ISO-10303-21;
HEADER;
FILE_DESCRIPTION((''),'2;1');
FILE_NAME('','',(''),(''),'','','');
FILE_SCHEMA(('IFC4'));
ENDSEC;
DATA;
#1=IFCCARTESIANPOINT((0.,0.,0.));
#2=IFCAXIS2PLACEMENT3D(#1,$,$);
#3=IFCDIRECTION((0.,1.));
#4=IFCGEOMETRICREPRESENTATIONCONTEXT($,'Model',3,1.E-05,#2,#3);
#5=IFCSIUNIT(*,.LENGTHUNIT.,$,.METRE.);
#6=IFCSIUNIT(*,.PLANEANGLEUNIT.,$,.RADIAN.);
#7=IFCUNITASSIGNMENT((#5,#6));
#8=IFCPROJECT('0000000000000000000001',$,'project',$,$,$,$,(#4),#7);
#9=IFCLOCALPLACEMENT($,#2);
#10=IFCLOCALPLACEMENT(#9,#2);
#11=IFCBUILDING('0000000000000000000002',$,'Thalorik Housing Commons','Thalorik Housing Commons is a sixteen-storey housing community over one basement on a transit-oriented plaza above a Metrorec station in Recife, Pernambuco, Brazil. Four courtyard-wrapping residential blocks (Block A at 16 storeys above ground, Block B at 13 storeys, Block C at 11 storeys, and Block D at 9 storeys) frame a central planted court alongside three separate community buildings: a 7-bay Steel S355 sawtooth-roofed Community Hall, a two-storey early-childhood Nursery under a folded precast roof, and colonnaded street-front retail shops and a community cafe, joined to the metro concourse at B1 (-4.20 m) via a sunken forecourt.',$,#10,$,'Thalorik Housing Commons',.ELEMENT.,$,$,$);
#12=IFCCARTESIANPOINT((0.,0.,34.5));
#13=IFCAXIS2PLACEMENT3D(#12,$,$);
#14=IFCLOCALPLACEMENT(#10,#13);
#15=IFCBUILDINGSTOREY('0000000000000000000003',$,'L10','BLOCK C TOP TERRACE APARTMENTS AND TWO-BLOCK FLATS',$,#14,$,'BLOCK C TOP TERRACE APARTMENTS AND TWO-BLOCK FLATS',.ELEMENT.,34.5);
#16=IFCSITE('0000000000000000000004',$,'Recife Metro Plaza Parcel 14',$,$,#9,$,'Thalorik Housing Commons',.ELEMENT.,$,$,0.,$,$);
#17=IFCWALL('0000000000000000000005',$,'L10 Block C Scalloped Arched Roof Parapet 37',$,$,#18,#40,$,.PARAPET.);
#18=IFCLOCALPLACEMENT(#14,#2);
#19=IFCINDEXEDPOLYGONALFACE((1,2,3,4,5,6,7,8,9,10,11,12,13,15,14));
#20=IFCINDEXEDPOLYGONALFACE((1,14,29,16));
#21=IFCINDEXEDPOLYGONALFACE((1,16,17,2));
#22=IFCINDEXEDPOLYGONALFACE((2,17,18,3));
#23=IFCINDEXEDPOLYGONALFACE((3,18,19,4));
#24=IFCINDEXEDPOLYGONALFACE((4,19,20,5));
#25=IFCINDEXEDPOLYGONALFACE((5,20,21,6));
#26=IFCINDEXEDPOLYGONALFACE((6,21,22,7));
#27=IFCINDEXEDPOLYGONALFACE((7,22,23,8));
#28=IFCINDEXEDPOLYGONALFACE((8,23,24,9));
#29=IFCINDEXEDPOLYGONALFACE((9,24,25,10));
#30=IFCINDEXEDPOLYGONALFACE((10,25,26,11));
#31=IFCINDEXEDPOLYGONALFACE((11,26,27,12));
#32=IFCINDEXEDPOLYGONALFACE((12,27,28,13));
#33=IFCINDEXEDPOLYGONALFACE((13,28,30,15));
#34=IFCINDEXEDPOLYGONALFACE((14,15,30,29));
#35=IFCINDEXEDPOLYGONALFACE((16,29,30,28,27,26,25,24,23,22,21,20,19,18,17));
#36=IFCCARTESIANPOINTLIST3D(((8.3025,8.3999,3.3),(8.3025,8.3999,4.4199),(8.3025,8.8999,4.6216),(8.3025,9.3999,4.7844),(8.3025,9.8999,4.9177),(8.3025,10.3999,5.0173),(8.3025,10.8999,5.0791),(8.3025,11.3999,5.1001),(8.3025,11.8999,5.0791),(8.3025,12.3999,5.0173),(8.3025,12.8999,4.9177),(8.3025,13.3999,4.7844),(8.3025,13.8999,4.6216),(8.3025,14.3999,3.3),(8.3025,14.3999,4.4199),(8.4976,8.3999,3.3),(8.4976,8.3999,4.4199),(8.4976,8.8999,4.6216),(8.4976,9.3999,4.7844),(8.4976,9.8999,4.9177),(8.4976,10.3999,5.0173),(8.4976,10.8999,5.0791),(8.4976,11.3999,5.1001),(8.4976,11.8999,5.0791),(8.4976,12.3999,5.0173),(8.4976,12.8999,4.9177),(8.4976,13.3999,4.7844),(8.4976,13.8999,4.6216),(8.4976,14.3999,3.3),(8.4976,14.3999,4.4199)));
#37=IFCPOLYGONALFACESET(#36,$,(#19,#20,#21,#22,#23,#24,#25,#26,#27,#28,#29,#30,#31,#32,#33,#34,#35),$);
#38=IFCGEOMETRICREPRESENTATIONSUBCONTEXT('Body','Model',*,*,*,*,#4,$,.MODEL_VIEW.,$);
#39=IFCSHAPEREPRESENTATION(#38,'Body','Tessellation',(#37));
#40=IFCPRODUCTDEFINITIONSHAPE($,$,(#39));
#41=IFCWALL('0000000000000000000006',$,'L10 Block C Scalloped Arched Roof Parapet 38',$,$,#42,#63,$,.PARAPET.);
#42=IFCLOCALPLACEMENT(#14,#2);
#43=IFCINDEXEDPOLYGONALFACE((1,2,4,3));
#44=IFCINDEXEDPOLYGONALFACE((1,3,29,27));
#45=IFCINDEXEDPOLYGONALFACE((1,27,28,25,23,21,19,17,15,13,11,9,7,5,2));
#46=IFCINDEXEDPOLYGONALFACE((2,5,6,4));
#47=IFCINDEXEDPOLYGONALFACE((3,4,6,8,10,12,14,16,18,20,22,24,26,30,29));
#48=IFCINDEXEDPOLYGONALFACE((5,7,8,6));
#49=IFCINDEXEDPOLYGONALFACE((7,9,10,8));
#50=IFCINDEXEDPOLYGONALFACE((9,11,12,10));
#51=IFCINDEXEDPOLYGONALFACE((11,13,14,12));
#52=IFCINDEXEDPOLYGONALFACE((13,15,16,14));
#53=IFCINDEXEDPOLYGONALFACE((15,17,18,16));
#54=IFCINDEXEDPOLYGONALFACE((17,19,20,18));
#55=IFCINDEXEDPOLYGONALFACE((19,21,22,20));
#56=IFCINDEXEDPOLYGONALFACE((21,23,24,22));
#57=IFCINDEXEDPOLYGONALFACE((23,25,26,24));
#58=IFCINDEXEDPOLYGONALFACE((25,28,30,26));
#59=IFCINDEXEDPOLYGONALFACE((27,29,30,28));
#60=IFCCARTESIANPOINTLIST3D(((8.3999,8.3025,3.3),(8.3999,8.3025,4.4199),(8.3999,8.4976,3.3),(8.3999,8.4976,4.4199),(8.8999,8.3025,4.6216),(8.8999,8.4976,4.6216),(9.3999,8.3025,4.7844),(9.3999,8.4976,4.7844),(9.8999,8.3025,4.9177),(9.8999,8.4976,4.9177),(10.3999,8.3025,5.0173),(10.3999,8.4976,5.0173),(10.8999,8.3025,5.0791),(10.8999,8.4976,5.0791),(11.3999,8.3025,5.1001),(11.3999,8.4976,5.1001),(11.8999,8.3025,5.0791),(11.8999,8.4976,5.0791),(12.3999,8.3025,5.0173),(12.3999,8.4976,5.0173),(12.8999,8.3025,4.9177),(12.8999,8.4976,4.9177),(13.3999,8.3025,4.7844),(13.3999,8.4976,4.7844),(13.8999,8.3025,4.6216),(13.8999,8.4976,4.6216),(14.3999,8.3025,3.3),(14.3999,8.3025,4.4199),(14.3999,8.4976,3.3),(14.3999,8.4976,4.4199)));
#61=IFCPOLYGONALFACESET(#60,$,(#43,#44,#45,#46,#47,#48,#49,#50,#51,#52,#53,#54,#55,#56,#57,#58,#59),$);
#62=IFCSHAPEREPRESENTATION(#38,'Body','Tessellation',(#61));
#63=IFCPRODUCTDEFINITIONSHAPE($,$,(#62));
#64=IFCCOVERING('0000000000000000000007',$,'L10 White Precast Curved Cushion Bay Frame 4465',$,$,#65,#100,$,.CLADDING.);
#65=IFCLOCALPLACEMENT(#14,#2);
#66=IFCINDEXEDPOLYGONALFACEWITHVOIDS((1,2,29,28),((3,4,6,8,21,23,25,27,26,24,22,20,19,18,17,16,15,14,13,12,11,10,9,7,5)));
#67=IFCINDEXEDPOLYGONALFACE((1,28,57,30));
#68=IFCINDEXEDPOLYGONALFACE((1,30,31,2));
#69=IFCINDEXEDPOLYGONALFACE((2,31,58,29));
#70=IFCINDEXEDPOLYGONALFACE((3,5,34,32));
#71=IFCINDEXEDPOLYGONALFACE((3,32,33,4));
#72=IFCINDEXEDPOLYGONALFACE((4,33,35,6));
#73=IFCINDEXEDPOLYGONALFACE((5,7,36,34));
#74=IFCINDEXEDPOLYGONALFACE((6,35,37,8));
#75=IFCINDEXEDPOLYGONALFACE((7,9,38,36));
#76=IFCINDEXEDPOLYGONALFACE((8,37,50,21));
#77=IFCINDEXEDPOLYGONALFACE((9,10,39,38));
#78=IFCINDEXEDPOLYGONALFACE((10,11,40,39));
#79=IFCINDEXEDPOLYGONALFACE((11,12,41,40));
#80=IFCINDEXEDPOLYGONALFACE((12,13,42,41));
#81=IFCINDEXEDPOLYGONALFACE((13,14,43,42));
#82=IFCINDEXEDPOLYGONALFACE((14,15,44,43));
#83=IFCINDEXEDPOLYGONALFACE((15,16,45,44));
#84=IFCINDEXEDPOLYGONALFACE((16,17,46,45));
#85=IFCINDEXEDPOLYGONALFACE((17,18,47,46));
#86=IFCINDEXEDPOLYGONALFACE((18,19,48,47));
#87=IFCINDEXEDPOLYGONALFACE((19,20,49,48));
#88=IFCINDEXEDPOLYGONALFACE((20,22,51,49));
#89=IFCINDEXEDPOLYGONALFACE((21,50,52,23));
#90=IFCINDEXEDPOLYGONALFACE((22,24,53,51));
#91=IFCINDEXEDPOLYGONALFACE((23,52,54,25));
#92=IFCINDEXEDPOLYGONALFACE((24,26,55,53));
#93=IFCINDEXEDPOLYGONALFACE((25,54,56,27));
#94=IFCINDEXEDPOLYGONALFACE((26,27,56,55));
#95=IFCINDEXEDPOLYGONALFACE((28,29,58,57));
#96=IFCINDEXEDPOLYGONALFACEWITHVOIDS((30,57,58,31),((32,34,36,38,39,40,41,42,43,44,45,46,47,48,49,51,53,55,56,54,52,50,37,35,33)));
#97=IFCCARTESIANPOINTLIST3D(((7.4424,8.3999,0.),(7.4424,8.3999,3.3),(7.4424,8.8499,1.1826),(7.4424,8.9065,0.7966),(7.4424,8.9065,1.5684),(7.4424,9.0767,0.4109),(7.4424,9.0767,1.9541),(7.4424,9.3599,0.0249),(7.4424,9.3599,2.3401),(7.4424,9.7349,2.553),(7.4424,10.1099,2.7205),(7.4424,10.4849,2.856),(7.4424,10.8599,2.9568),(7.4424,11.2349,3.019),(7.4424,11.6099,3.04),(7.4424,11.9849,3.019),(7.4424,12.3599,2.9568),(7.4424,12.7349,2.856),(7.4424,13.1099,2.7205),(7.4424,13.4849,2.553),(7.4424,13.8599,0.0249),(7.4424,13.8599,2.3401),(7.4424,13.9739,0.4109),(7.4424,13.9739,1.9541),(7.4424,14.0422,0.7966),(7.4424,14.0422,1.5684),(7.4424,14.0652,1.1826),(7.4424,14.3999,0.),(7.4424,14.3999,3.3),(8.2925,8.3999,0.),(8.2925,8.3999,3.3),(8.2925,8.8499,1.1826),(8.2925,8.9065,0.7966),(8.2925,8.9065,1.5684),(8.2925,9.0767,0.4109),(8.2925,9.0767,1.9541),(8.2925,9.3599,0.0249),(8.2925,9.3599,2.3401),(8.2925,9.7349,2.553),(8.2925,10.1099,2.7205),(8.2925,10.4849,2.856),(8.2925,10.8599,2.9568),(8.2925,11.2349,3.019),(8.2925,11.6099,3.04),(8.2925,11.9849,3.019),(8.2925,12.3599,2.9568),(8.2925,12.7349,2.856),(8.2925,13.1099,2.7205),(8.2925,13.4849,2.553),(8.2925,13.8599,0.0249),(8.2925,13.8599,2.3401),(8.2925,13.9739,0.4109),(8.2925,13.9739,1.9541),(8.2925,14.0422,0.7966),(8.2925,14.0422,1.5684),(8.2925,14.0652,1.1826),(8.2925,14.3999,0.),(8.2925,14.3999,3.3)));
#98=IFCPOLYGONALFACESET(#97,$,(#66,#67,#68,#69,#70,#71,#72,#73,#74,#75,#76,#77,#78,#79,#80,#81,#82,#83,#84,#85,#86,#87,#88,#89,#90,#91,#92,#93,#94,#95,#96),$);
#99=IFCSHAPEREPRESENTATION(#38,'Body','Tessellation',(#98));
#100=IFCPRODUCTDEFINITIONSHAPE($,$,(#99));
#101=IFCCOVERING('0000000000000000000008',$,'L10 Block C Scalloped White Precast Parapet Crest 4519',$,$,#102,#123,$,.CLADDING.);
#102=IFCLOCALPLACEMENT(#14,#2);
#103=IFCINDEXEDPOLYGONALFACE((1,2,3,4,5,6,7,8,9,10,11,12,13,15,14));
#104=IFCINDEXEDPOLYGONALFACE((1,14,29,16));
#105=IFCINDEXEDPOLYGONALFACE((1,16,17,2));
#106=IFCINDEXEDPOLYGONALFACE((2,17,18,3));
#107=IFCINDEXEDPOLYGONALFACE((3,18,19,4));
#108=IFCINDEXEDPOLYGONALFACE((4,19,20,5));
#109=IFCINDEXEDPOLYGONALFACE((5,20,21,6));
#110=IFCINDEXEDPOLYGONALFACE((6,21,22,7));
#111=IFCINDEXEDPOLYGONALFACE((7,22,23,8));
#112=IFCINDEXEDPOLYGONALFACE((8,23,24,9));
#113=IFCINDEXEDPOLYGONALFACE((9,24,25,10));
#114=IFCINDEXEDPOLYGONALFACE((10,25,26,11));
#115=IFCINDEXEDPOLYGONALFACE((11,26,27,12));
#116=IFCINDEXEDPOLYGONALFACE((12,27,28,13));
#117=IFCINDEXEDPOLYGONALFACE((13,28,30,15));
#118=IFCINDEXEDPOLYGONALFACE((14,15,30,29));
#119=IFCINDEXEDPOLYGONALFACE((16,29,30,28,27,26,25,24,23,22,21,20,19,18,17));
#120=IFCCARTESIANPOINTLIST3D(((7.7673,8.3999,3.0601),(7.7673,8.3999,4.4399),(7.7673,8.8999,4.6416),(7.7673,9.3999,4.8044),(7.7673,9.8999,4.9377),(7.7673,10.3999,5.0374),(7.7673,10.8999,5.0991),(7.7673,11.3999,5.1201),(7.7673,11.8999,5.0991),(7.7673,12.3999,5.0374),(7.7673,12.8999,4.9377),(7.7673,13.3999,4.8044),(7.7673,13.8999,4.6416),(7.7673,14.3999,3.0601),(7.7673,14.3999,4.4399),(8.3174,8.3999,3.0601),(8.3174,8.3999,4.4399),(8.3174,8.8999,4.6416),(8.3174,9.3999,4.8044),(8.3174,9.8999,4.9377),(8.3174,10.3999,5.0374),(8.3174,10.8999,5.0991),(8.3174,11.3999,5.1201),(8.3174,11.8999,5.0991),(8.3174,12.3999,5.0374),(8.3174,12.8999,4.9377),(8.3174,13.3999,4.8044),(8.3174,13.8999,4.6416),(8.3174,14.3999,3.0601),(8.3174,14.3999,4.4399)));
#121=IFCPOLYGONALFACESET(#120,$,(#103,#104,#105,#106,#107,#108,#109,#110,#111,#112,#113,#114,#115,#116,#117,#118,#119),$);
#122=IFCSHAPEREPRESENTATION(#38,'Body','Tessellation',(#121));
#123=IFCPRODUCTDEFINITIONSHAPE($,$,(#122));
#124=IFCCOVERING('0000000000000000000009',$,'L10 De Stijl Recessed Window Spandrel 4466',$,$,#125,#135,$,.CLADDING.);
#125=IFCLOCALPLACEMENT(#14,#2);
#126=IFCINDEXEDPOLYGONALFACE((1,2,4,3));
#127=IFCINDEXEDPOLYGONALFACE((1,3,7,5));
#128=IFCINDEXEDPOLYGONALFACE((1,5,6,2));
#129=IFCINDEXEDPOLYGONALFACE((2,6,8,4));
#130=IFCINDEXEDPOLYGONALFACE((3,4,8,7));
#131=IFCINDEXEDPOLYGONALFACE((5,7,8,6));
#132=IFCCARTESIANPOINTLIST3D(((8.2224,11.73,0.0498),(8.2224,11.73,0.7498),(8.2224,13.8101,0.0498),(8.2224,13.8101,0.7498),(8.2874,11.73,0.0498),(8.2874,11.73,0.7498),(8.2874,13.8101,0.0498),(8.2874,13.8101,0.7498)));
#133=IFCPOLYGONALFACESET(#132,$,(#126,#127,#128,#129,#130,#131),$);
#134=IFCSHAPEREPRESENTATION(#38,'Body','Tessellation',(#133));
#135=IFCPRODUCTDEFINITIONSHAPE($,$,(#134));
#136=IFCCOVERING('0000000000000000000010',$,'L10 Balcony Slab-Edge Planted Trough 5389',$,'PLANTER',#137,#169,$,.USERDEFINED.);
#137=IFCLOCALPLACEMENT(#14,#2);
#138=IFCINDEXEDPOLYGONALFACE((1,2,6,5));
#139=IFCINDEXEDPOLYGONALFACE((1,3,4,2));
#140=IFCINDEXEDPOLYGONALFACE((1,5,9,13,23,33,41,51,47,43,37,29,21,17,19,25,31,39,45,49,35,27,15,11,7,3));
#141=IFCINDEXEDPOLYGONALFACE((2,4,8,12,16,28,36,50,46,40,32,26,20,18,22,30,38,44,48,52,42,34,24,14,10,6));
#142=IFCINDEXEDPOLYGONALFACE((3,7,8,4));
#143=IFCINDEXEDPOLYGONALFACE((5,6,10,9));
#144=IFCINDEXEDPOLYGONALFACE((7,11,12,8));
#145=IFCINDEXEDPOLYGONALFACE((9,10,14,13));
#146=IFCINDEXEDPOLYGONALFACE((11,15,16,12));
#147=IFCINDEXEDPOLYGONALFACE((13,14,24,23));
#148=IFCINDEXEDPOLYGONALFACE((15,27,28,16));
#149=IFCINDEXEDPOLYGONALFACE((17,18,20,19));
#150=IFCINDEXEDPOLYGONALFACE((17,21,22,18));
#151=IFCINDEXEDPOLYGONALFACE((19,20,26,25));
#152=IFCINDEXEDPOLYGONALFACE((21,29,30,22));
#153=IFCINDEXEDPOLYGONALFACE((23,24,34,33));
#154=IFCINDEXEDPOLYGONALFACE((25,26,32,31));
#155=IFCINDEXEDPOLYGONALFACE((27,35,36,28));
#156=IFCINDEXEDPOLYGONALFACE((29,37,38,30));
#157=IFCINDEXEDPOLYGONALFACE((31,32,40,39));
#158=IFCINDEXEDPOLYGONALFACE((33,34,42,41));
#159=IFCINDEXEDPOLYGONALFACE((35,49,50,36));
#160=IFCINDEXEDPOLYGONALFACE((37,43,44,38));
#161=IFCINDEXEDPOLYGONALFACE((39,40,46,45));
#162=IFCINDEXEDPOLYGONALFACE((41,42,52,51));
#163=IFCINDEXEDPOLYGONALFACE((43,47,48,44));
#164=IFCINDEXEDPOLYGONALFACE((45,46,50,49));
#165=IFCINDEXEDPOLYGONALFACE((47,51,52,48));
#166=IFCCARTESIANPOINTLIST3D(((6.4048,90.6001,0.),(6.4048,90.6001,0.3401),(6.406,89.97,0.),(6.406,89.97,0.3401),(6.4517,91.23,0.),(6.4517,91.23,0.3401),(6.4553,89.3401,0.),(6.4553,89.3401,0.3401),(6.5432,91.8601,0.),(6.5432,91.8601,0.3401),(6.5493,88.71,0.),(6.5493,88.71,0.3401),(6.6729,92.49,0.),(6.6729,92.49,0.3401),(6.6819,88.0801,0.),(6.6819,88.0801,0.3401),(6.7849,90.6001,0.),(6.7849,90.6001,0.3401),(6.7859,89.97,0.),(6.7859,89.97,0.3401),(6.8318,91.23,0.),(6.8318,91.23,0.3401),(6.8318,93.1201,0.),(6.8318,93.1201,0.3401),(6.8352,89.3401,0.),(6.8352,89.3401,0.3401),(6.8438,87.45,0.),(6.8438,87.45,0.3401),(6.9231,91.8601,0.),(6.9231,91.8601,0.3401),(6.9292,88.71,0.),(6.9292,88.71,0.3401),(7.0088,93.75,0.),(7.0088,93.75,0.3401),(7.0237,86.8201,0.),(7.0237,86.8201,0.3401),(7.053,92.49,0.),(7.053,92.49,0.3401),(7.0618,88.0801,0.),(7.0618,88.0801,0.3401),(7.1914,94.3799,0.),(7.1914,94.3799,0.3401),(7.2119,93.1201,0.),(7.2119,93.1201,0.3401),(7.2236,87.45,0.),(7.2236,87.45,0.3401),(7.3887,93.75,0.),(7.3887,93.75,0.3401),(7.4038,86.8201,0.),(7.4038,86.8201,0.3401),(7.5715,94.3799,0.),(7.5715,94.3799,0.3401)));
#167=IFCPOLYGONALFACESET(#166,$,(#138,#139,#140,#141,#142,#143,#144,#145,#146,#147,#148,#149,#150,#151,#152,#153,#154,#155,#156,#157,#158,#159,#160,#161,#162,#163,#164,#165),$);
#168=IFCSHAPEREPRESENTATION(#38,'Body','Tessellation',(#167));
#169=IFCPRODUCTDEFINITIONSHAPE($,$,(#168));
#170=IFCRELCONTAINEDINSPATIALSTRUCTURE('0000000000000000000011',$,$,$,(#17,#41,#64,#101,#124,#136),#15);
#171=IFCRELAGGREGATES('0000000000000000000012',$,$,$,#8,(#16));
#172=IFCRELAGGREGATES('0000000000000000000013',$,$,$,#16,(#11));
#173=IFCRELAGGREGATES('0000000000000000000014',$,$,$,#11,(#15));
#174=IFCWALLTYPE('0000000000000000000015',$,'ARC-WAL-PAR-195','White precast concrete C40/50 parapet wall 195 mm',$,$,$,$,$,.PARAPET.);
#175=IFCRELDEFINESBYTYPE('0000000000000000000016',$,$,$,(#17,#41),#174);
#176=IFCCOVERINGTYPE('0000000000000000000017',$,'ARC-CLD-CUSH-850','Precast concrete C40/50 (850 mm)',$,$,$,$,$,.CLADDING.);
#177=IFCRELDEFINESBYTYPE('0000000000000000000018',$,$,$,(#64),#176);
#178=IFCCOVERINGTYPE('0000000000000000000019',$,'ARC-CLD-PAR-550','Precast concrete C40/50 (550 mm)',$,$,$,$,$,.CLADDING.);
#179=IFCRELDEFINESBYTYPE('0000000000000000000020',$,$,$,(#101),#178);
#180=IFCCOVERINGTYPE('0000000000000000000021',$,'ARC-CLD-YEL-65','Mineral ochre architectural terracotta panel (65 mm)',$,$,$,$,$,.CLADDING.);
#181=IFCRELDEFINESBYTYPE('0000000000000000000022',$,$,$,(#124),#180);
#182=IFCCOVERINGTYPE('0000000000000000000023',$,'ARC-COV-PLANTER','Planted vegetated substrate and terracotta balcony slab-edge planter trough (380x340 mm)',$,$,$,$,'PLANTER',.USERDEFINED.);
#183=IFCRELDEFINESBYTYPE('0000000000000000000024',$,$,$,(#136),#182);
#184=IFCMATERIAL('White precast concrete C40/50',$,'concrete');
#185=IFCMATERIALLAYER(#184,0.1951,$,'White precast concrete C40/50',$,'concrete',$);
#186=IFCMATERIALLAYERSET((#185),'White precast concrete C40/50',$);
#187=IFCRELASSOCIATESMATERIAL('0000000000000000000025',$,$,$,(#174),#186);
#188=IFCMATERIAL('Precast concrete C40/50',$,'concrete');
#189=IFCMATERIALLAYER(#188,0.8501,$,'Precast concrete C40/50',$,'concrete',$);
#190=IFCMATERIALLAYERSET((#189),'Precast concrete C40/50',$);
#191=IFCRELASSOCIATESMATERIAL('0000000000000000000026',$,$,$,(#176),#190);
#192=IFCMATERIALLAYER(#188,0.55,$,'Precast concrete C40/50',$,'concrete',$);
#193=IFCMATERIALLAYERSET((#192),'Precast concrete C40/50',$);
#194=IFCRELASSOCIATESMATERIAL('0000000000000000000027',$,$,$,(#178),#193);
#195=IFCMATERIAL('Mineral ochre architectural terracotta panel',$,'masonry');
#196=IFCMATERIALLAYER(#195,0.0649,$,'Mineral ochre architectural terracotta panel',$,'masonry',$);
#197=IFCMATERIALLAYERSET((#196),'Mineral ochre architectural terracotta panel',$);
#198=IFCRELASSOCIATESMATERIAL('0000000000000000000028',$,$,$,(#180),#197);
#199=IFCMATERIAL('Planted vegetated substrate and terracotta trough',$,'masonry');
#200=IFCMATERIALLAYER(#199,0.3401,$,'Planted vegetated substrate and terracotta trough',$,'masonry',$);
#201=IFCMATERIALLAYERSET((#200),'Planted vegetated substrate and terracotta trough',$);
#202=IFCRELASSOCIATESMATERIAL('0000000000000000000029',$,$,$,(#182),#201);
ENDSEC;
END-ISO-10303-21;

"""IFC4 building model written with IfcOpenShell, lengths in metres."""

from ifc_helpers import new_model, si_unit, direction, frame, origin, origin_2d, place, context, subcontext, project, spatial, polyline, rectangle, outline, extrude, material, layer, layer_set, type_object, element, save


model = new_model("IFC4")

# Units and contexts
model_context = context("Model", 3, precision=1e-05, world=origin(), true_north=direction((0.0, 1.0)))
body_context = subcontext(model_context, "Body", "Model", "MODEL_VIEW")
ifc_project = project(units=[si_unit("LENGTHUNIT", "METRE"), si_unit("PLANEANGLEUNIT", "RADIAN")], contexts=[model_context])

# Site, building, storey
site_placement = place(None, origin())
site = spatial("IfcSite", under=ifc_project, at=site_placement, Name="Recife Metro Plaza Parcel 14", LongName="Thalorik Housing Commons", CompositionType="ELEMENT", RefElevation=0.0)
building_placement = place(site_placement, origin())
building = spatial("IfcBuilding", under=site, at=building_placement, Name="Thalorik Housing Commons", Description="Thalorik Housing Commons is a sixteen-storey housing community over one basement on a transit-oriented plaza above a Metrorec station in Recife, Pernambuco, Brazil. Four courtyard-wrapping residential blocks (Block A at 16 storeys above ground, Block B at 13 storeys, Block C at 11 storeys, and Block D at 9 storeys) frame a central planted court alongside three separate community buildings: a 7-bay Steel S355 sawtooth-roofed Community Hall, a two-storey early-childhood Nursery under a folded precast roof, and colonnaded street-front retail shops and a community cafe, joined to the metro concourse at B1 (-4.20 m) via a sunken forecourt.", LongName="Thalorik Housing Commons", CompositionType="ELEMENT")
storey_placement = place(building_placement, frame((0.0, 0.0, 34.5)))
storey = spatial("IfcBuildingStorey", under=building, at=storey_placement, Name="L10", Description="BLOCK C TOP TERRACE APARTMENTS AND TWO-BLOCK FLATS", LongName="BLOCK C TOP TERRACE APARTMENTS AND TWO-BLOCK FLATS", CompositionType="ELEMENT", Elevation=34.5)

# Shared definitions
ifc_material_1 = material(Name="Precast concrete C40/50", Category="concrete")

# Shared definitions
ifc_material_2 = material(Name="White precast concrete C40/50", Category="concrete")

# Walls
ifc_layer_1 = layer(ifc_material_2, 0.1951, Name="White precast concrete C40/50", Category="concrete")
ifc_layer_set_1 = layer_set([ifc_layer_1], Name="White precast concrete C40/50")
wall_type_1 = type_object("IfcWallType", Name="ARC-WAL-PAR-195", Description="White precast concrete C40/50 parapet wall 195 mm", PredefinedType="PARAPET", material=ifc_layer_set_1)
for number, where, z_axis, x_axis, name in (
    (1, (8.3999, 14.3999, 3.3), (0.0, 0.0, 1.0), (0.0, -1.0, 0.0), "L10 Block C Scalloped Arched Roof Parapet 37"),
    (2, (8.3999, 8.3999, 3.3), (0.0, 0.0, 1.0), (1.0, 0.0, 0.0), "L10 Block C Scalloped Arched Roof Parapet 38"),
):
    element("IfcWall", number, at=place(storey_placement, frame(where, z_axis=z_axis, x_axis=x_axis)), inside=storey, type_object=wall_type_1, Name=name, PredefinedType="PARAPET", context=body_context, shape_type="SweptSolid", body=[
        extrude(outline(polyline([(0.0, 0.0), (6.0, 0.0), (6.0, 1.1199), (5.5, 1.3215), (5.0, 1.4844), (4.5, 1.6177), (4.0, 1.7173), (3.5, 1.7791), (3.0, 1.8), (2.5, 1.7791), (2.0, 1.7173), (1.5, 1.6177), (1.0, 1.4844), (0.5, 1.3215), (0.0, 1.1199), (0.0, 0.0)])), frame((0.0, 0.0977, 0.0), z_axis=(0.0, -1.0, 0.0), x_axis=(1.0, 0.0, 0.0)), (0.0, 0.0, 1.0), 0.1951),
    ])

# Coverings
ifc_layer_2 = layer(ifc_material_1, 0.8501, Name="Precast concrete C40/50", Category="concrete")
ifc_layer_set_2 = layer_set([ifc_layer_2], Name="Precast concrete C40/50")
covering_type_1 = type_object("IfcCoveringType", Name="ARC-CLD-CUSH-850", Description="Precast concrete C40/50 (850 mm)", PredefinedType="CLADDING", material=ifc_layer_set_2)
covering_1_placement = place(storey_placement, frame((7.8674, 11.3999, 0.0), z_axis=(0.0, 0.0, 1.0), x_axis=(0.0, -1.0, 0.0)))
element("IfcCovering", 3, at=covering_1_placement, inside=storey, type_object=covering_type_1, Name="L10 White Precast Curved Cushion Bay Frame 4465", PredefinedType="CLADDING", context=body_context, shape_type="SweptSolid", body=[
    extrude(outline(polyline([(-3.0, 0.0), (3.0, 0.0), (3.0, 3.3), (-3.0, 3.3), (-3.0, 0.0)]), holes=[polyline([(2.04, 0.0249), (2.3232, 0.4109), (2.4934, 0.7966), (2.55, 1.1826), (2.4934, 1.5684), (2.3232, 1.9541), (2.04, 2.3401), (1.665, 2.553), (1.29, 2.7205), (0.915, 2.856), (0.54, 2.9568), (0.165, 3.019), (-0.21, 3.04), (-0.585, 3.019), (-0.96, 2.9568), (-1.335, 2.856), (-1.71, 2.7205), (-2.085, 2.553), (-2.46, 2.3401), (-2.574, 1.9541), (-2.6423, 1.5684), (-2.6653, 1.1826), (-2.6423, 0.7966), (-2.574, 0.4109), (-2.46, 0.0249), (2.04, 0.0249)])]), frame((0.0, 0.425, 0.0), z_axis=(0.0, -1.0, 0.0), x_axis=(1.0, 0.0, 0.0)), (0.0, 0.0, 1.0), 0.8501),
])
ifc_layer_3 = layer(ifc_material_1, 0.55, Name="Precast concrete C40/50", Category="concrete")
ifc_layer_set_3 = layer_set([ifc_layer_3], Name="Precast concrete C40/50")
covering_type_2 = type_object("IfcCoveringType", Name="ARC-CLD-PAR-550", Description="Precast concrete C40/50 (550 mm)", PredefinedType="CLADDING", material=ifc_layer_set_3)
covering_2_placement = place(storey_placement, frame((8.0425, 11.3999, 3.0601), z_axis=(0.0, 0.0, 1.0), x_axis=(0.0, -1.0, 0.0)))
element("IfcCovering", 4, at=covering_2_placement, inside=storey, type_object=covering_type_2, Name="L10 Block C Scalloped White Precast Parapet Crest 4519", PredefinedType="CLADDING", context=body_context, shape_type="SweptSolid", body=[
    extrude(outline(polyline([(-3.0, 0.0), (3.0, 0.0), (3.0, 1.3799), (2.5, 1.5815), (2.0, 1.7444), (1.5, 1.8777), (1.0, 1.9773), (0.5, 2.0391), (0.0, 2.0601), (-0.5, 2.0391), (-1.0, 1.9773), (-1.5, 1.8777), (-2.0, 1.7444), (-2.5, 1.5815), (-3.0, 1.3799), (-3.0, 0.0)])), frame((0.0, 0.2749, 0.0), z_axis=(0.0, -1.0, 0.0), x_axis=(1.0, 0.0, 0.0)), (0.0, 0.0, 1.0), 0.55),
])
ifc_material_3 = material(Name="Mineral ochre architectural terracotta panel", Category="masonry")
ifc_layer_4 = layer(ifc_material_3, 0.0649, Name="Mineral ochre architectural terracotta panel", Category="masonry")
ifc_layer_set_4 = layer_set([ifc_layer_4], Name="Mineral ochre architectural terracotta panel")
covering_type_3 = type_object("IfcCoveringType", Name="ARC-CLD-YEL-65", Description="Mineral ochre architectural terracotta panel (65 mm)", PredefinedType="CLADDING", material=ifc_layer_set_4)
covering_3_placement = place(storey_placement, frame((8.2549, 12.77, 0.0498), z_axis=(0.0, 0.0, 1.0), x_axis=(0.0, -1.0, 0.0)))
element("IfcCovering", 5, at=covering_3_placement, inside=storey, type_object=covering_type_3, Name="L10 De Stijl Recessed Window Spandrel 4466", PredefinedType="CLADDING", context=body_context, shape_type="SweptSolid", body=[
    extrude(rectangle(XDim=2.0801, YDim=0.0649, at=origin_2d()), origin(), (0.0, 0.0, 1.0), 0.7),
])
ifc_material_4 = material(Name="Planted vegetated substrate and terracotta trough", Category="masonry")
ifc_layer_5 = layer(ifc_material_4, 0.3401, Name="Planted vegetated substrate and terracotta trough", Category="masonry")
ifc_layer_set_5 = layer_set([ifc_layer_5], Name="Planted vegetated substrate and terracotta trough")
covering_type_4 = type_object("IfcCoveringType", Name="ARC-COV-PLANTER", Description="Planted vegetated substrate and terracotta balcony slab-edge planter trough (380x340 mm)", ElementType="PLANTER", PredefinedType="USERDEFINED", material=ifc_layer_set_5)
covering_4_placement = place(storey_placement, origin())
element("IfcCovering", 6, at=covering_4_placement, inside=storey, type_object=covering_type_4, Name="L10 Balcony Slab-Edge Planted Trough 5389", ObjectType="PLANTER", PredefinedType="USERDEFINED", context=body_context, shape_type="SweptSolid", body=[
    extrude(outline(polyline([(7.1914, 94.3799), (7.0088, 93.75), (6.8318, 93.1201), (6.6729, 92.49), (6.5432, 91.8601), (6.4517, 91.23), (6.4048, 90.6001), (6.406, 89.97), (6.4553, 89.3401), (6.5493, 88.71), (6.6819, 88.0801), (6.8438, 87.45), (7.0237, 86.8201), (7.4038, 86.8201), (7.2236, 87.45), (7.0618, 88.0801), (6.9292, 88.71), (6.8352, 89.3401), (6.7859, 89.97), (6.7849, 90.6001), (6.8318, 91.23), (6.9231, 91.8601), (7.053, 92.49), (7.2119, 93.1201), (7.3887, 93.75), (7.5715, 94.3799), (7.1914, 94.3799)])), origin(), (0.0, 0.0, 1.0), 0.3401),
])

save(model, "model.ifc")
